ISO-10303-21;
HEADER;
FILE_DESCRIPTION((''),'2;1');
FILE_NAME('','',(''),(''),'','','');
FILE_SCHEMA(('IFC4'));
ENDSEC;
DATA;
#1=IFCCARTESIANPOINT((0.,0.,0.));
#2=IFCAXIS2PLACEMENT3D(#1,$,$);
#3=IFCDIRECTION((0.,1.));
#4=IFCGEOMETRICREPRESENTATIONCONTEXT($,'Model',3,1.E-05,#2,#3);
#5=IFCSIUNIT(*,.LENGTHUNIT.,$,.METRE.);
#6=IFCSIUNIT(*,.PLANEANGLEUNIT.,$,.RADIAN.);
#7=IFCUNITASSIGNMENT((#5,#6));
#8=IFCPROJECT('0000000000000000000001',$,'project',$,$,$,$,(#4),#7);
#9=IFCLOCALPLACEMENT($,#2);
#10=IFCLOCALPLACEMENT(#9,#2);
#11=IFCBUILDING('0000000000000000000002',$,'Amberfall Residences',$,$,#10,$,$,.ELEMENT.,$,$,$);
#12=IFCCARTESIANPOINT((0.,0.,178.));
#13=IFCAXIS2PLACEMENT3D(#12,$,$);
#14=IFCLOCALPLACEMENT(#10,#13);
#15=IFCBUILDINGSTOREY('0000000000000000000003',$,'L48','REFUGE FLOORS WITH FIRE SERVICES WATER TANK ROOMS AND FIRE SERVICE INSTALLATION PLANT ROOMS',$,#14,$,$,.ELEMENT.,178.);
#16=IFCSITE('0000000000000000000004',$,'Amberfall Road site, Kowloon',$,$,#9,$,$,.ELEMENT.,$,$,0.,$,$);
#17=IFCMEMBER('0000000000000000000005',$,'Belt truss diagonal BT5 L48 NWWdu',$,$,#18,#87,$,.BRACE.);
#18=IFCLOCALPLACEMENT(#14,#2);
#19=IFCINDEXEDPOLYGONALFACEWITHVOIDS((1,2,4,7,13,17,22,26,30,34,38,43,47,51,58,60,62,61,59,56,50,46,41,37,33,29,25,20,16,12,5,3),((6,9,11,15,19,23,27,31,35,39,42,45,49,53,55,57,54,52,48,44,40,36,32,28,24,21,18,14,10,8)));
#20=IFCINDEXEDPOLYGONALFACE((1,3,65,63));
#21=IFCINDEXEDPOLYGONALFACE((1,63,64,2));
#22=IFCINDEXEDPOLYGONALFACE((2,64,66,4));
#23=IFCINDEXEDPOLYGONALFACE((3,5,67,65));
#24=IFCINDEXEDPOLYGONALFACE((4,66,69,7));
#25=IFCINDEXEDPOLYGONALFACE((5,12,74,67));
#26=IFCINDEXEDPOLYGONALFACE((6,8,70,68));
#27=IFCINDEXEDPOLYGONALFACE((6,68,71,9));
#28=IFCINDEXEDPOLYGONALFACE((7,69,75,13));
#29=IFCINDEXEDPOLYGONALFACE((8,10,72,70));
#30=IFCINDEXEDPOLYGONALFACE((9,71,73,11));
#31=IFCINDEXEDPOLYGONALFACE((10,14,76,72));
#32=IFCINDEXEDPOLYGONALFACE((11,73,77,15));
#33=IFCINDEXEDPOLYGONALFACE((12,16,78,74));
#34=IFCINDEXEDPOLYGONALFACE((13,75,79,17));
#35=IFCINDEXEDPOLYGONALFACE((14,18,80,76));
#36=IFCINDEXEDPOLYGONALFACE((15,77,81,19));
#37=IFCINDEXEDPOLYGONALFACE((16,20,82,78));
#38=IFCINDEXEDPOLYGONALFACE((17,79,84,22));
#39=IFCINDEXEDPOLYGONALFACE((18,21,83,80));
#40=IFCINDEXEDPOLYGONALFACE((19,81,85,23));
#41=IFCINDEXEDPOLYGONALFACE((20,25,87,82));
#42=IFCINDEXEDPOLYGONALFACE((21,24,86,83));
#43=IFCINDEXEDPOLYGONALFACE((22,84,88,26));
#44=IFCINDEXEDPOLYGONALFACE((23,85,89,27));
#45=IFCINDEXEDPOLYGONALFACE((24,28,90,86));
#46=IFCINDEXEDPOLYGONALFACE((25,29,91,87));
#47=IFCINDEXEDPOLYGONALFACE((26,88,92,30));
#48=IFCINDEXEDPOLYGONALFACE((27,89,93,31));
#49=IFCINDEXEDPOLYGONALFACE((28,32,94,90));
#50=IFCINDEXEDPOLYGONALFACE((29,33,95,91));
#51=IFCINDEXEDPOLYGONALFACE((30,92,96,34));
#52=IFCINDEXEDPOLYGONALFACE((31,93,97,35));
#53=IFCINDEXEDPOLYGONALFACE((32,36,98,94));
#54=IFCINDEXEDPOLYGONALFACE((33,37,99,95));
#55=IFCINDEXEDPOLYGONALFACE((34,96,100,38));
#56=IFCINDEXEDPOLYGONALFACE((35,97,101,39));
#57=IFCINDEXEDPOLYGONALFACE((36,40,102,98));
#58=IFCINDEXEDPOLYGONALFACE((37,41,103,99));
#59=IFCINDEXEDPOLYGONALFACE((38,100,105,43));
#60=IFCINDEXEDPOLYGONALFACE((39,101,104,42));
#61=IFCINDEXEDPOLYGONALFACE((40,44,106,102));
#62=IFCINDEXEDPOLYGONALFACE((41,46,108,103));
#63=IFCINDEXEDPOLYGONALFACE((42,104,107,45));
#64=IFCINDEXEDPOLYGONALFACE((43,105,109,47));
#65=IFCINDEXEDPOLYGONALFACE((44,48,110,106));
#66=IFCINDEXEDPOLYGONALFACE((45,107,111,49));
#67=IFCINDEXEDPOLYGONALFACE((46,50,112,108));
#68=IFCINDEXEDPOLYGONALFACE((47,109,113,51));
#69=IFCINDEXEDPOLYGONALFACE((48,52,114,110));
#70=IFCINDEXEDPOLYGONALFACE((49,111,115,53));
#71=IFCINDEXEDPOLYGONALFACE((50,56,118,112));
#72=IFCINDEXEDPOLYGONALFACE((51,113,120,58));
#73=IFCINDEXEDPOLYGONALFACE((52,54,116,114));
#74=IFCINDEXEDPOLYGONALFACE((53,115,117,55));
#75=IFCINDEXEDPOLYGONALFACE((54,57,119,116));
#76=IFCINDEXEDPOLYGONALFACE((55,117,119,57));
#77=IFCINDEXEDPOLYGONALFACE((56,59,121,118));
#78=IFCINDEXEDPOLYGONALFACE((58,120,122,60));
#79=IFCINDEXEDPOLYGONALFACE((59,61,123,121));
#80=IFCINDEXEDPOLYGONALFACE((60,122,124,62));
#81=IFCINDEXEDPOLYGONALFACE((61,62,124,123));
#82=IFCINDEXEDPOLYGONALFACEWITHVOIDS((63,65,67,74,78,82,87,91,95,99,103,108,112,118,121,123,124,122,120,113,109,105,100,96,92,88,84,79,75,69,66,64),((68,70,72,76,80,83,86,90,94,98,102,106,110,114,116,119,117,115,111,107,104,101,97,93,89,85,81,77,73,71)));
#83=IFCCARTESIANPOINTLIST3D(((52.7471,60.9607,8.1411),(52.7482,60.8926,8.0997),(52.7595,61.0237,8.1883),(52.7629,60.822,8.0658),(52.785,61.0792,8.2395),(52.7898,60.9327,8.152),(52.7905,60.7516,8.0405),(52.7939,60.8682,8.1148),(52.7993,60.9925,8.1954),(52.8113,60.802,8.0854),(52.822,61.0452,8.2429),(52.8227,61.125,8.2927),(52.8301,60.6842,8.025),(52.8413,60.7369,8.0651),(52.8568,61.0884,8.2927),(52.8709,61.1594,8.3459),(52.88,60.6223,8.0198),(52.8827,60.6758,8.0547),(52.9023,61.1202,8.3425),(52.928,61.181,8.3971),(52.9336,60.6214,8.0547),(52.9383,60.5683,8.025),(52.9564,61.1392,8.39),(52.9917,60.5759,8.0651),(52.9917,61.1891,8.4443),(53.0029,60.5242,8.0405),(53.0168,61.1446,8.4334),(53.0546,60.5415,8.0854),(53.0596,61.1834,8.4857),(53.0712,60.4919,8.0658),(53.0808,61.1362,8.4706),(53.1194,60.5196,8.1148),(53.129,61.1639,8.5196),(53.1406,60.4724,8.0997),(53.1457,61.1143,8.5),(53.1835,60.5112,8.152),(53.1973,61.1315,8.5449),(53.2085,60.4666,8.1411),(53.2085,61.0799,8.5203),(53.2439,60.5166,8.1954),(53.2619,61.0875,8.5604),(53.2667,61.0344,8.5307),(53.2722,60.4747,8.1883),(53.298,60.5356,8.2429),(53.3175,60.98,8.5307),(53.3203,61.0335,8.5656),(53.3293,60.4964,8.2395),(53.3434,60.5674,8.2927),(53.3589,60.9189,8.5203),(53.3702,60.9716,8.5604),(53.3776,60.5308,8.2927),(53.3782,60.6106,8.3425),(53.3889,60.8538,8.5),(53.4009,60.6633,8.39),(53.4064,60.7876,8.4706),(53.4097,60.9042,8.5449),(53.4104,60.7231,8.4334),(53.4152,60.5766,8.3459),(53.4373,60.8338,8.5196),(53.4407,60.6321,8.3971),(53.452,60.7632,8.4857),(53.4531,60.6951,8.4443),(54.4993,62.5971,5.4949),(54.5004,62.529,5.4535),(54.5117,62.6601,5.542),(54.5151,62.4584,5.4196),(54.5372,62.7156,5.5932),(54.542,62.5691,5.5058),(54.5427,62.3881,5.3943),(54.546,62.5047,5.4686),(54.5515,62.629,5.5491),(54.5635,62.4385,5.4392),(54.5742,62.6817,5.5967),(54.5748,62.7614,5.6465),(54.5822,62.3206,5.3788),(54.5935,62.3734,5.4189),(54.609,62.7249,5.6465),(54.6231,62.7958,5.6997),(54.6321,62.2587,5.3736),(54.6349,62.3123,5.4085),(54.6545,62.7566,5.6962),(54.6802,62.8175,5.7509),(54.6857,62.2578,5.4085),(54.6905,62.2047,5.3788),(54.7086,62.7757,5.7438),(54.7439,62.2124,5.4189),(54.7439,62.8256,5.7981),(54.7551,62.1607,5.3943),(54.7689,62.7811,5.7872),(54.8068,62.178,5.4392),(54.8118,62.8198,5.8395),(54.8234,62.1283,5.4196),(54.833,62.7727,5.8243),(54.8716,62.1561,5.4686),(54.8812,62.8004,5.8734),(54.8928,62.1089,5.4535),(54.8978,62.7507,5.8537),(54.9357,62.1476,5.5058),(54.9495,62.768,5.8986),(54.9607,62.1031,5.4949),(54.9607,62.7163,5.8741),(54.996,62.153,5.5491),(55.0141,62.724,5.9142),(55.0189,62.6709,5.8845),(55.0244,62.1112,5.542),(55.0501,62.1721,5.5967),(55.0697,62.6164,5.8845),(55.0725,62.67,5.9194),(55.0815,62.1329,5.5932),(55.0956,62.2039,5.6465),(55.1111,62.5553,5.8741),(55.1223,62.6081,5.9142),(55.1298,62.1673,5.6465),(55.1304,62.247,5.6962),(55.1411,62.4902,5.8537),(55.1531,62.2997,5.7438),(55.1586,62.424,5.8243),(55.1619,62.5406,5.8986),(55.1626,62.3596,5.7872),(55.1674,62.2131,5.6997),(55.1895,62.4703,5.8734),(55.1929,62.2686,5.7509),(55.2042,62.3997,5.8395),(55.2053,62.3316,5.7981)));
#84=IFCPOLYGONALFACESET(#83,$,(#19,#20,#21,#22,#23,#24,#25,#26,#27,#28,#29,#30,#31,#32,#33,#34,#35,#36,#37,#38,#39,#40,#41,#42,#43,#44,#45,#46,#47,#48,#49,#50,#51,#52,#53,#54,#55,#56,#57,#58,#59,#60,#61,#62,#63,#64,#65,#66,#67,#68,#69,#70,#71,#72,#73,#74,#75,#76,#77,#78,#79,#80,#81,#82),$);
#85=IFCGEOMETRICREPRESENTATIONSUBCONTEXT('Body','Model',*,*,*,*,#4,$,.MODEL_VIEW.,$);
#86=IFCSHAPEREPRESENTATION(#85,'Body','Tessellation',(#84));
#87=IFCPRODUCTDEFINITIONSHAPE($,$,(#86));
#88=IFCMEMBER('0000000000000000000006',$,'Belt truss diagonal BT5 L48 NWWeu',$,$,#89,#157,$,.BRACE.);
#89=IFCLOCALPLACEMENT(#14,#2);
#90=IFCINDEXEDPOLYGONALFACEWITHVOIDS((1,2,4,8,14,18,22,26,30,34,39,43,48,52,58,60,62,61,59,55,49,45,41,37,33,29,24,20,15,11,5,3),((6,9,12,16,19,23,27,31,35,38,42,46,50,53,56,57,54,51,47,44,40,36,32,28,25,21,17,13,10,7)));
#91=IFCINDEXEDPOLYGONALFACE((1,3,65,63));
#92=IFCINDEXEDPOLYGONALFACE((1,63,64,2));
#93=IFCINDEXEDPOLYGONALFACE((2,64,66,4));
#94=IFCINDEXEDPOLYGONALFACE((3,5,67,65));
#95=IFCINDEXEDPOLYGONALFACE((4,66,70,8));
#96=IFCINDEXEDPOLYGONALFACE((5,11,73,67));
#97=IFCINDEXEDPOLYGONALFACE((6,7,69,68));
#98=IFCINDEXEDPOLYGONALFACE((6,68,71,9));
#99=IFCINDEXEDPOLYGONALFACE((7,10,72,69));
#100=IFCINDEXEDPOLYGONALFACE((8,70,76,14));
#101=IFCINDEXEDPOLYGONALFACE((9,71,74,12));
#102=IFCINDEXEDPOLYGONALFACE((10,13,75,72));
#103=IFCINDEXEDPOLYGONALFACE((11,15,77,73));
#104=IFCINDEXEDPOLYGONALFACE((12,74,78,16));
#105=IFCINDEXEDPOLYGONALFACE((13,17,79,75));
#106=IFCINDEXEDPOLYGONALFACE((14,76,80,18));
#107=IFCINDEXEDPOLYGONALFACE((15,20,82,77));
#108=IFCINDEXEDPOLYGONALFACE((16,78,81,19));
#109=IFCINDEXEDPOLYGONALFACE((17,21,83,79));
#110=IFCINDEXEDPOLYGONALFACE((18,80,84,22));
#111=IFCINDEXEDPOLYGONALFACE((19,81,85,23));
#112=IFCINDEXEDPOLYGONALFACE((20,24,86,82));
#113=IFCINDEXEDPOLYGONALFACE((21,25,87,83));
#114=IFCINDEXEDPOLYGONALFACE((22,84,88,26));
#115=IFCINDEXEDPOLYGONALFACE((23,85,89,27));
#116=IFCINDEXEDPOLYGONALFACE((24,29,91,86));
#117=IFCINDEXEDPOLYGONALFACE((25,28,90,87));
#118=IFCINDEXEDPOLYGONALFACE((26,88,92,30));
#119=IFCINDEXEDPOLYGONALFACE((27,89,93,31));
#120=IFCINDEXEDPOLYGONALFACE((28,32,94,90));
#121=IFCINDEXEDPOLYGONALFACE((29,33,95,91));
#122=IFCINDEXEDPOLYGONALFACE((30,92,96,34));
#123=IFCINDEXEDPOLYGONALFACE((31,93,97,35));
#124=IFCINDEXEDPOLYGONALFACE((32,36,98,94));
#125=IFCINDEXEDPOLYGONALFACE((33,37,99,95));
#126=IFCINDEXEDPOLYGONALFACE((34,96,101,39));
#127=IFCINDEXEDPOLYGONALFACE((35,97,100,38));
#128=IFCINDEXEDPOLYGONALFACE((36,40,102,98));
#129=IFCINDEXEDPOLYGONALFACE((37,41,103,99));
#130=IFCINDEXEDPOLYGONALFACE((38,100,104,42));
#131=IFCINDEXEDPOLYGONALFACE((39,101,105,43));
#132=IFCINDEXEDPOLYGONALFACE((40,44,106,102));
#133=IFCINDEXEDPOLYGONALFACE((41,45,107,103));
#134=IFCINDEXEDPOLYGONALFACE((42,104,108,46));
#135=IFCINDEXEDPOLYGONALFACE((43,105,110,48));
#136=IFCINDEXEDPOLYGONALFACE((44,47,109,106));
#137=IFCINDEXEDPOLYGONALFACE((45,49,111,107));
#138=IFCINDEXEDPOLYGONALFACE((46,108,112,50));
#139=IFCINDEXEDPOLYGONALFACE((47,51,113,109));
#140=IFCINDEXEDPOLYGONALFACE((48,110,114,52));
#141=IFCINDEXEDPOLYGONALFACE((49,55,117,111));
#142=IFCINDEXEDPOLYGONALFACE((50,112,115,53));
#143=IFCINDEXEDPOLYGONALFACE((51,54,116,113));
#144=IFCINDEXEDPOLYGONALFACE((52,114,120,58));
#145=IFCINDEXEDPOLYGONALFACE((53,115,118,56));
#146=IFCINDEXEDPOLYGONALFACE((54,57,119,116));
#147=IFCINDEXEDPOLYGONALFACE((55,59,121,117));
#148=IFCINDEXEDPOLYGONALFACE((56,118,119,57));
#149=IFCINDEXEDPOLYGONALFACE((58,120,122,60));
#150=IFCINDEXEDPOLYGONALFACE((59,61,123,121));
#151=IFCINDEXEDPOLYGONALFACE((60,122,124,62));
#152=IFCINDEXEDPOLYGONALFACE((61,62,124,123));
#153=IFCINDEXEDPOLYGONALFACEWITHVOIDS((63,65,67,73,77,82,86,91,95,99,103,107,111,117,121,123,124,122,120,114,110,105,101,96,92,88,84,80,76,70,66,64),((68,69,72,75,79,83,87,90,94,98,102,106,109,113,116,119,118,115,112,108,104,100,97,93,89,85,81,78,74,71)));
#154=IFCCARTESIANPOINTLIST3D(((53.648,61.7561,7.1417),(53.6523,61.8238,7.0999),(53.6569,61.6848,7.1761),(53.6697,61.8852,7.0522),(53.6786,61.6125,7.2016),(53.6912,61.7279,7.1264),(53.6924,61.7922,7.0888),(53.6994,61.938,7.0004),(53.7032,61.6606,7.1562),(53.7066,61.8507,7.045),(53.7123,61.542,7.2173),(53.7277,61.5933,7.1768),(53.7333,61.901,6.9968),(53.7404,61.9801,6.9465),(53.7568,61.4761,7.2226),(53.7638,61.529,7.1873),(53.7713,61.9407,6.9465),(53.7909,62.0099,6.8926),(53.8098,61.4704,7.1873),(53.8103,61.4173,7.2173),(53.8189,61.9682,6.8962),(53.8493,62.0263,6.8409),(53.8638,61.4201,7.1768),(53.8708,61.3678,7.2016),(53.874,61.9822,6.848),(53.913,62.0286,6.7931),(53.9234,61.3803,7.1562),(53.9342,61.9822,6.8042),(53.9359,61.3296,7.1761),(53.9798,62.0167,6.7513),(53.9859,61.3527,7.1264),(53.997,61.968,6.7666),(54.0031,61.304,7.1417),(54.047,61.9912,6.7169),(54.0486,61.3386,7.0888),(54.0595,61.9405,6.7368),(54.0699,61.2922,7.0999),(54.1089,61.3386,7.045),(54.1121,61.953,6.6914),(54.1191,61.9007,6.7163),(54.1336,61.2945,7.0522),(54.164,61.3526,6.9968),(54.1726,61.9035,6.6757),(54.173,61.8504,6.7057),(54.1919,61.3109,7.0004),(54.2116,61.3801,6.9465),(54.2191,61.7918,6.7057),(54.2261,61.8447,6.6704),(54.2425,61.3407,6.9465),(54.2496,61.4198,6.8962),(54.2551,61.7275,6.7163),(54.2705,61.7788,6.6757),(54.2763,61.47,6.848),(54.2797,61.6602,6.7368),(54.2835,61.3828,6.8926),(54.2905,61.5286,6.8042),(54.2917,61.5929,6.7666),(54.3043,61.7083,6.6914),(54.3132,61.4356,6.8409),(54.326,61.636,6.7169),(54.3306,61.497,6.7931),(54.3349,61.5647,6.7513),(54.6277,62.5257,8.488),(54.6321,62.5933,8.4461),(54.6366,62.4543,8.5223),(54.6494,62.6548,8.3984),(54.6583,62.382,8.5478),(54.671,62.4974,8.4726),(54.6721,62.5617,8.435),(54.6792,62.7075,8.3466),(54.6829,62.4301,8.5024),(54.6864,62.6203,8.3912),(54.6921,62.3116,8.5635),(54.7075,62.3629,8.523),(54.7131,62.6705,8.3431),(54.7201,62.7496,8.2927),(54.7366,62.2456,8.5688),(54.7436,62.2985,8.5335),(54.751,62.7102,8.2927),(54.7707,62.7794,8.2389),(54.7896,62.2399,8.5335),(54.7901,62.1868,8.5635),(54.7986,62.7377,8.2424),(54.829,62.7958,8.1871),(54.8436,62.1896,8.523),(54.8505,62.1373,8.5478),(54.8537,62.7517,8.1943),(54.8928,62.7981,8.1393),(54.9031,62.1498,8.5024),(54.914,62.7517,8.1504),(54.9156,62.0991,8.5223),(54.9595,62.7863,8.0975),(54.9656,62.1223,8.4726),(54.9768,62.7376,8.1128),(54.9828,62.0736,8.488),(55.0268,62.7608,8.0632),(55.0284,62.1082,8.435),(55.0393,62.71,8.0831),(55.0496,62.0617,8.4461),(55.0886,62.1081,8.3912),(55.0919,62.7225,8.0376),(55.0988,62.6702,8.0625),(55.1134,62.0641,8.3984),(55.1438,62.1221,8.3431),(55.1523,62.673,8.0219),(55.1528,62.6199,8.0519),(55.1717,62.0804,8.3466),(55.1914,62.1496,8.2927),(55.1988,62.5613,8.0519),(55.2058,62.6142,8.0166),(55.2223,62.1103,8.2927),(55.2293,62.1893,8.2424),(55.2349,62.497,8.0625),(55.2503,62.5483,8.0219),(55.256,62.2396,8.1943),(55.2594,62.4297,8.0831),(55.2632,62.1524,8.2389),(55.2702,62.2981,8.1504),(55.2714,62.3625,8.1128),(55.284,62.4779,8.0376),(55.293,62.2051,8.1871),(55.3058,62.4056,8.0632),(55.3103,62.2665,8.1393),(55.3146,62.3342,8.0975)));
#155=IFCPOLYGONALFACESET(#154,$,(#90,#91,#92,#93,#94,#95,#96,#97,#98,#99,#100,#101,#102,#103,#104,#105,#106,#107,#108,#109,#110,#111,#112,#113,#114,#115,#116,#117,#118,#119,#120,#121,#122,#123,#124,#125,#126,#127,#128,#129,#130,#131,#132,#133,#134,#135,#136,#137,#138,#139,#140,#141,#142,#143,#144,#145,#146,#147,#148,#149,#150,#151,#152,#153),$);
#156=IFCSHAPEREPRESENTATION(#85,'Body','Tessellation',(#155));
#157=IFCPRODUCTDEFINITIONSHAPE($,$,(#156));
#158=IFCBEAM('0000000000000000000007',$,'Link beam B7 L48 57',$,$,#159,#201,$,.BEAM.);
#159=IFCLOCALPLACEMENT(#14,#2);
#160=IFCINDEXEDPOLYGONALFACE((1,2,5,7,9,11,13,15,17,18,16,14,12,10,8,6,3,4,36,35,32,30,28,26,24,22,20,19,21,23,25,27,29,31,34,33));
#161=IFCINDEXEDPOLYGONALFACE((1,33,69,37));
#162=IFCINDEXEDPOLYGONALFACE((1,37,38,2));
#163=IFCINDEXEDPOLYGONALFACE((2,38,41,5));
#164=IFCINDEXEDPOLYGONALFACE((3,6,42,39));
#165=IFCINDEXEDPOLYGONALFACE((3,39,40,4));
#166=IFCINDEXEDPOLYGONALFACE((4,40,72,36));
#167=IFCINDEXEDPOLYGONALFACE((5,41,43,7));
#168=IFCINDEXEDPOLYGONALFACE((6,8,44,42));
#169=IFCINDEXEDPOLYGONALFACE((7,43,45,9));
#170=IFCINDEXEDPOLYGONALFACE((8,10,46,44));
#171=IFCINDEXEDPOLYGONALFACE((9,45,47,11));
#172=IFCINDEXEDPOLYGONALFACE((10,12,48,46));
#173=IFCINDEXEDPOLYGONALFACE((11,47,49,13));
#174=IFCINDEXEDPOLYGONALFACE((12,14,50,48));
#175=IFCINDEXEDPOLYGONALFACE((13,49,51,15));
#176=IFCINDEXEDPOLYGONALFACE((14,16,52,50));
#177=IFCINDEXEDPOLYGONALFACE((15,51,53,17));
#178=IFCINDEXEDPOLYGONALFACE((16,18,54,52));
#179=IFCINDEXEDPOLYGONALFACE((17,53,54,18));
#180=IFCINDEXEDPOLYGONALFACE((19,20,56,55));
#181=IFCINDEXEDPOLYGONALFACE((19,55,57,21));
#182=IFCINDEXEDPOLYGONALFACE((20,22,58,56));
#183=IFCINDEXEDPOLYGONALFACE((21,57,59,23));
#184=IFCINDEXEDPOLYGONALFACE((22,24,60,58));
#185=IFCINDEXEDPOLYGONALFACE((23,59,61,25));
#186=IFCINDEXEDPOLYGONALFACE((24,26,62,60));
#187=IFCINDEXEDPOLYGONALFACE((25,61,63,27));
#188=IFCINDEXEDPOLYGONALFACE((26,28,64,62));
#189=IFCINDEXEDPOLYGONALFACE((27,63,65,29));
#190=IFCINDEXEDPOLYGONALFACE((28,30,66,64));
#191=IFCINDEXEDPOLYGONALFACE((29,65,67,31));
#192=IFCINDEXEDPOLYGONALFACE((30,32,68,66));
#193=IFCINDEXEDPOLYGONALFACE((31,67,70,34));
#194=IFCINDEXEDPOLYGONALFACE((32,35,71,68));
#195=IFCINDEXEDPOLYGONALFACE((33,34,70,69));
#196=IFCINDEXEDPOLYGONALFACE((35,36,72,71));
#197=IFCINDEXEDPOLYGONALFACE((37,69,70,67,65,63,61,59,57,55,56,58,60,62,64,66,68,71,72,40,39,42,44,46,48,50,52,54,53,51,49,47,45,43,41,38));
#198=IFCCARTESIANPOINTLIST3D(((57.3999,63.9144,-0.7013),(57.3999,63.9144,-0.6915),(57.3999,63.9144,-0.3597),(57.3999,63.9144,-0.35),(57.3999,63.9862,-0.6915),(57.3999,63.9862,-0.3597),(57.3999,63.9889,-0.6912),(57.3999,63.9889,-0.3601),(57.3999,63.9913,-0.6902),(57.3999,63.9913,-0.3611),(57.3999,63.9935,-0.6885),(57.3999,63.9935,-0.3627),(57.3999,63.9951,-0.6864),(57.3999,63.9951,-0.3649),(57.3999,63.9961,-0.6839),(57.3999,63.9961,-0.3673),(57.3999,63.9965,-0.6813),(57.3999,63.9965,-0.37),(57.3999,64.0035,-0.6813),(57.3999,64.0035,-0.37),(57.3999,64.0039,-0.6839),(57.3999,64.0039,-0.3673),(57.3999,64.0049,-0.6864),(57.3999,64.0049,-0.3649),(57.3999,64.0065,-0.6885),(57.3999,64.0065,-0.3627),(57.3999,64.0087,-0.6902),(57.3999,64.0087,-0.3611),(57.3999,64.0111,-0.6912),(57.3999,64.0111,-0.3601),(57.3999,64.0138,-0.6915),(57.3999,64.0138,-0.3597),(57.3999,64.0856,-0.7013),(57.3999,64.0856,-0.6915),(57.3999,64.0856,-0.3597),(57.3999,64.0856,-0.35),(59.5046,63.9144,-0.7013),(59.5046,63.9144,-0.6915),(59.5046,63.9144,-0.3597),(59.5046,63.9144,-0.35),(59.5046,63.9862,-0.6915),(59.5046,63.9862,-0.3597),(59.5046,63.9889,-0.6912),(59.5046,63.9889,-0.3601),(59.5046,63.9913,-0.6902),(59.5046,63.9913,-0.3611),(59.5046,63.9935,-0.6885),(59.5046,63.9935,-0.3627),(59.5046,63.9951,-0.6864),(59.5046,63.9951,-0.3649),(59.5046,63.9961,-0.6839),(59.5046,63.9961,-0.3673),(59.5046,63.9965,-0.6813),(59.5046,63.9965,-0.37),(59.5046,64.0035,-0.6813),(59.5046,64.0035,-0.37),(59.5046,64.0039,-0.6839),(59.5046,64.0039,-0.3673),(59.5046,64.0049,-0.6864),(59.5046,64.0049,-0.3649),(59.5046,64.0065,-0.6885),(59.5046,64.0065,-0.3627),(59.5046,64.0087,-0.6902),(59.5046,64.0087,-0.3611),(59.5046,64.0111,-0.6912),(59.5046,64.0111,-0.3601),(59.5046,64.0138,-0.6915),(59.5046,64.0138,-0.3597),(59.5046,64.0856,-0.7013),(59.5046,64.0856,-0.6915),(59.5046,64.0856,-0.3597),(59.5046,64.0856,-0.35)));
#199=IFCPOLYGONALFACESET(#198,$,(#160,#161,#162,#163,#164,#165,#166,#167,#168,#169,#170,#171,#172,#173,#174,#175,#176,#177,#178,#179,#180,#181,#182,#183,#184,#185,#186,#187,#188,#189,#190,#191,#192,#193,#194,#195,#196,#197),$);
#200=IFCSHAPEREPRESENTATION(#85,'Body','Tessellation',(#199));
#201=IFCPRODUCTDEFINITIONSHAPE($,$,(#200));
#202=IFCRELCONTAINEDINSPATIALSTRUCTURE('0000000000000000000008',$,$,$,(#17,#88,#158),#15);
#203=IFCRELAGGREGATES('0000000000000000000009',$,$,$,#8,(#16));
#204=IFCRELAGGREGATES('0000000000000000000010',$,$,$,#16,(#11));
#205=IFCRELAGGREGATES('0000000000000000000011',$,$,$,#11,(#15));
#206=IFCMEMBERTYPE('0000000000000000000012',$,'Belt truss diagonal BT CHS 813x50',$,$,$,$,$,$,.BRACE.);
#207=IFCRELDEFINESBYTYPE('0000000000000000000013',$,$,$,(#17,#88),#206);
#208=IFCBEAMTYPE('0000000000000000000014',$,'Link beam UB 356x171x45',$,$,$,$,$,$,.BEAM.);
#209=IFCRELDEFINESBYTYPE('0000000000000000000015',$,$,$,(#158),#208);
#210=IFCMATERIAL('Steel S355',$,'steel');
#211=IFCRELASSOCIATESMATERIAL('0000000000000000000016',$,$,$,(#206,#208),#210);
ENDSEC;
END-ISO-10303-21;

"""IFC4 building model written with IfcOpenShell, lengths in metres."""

from ifc_helpers import new_model, si_unit, direction, frame, origin, origin_2d, place, context, subcontext, project, spatial, hollow_circle, i_section, extrude, material, material_profile, profile_set, type_object, element, save


model = new_model("IFC4")

# Units and contexts
model_context = context("Model", 3, precision=1e-05, world=origin(), true_north=direction((0.0, 1.0)))
body_context = subcontext(model_context, "Body", "Model", "MODEL_VIEW")
ifc_project = project(units=[si_unit("LENGTHUNIT", "METRE"), si_unit("PLANEANGLEUNIT", "RADIAN")], contexts=[model_context])

# Site, building, storey
site_placement = place(None, origin())
site = spatial("IfcSite", under=ifc_project, at=site_placement, Name="Amberfall Road site, Kowloon", CompositionType="ELEMENT", RefElevation=0.0)
building_placement = place(site_placement, origin())
building = spatial("IfcBuilding", under=site, at=building_placement, Name="Amberfall Residences", CompositionType="ELEMENT")
storey_placement = place(building_placement, frame((0.0, 0.0, 178.0)))
storey = spatial("IfcBuildingStorey", under=building, at=storey_placement, Name="L48", Description="REFUGE FLOORS WITH FIRE SERVICES WATER TANK ROOMS AND FIRE SERVICE INSTALLATION PLANT ROOMS", CompositionType="ELEMENT", Elevation=178.0)

# Shared definitions
ifc_material_1 = material(Name="Steel S355", Category="steel")

# Members
ifc_material_profile_1 = material_profile(ifc_material_1, hollow_circle(Radius=0.4065, WallThickness=0.05, at=origin_2d()), Name="CHS 813x50")
ifc_profile_set_1 = profile_set([ifc_material_profile_1], Name="Steel S355")
member_type = type_object("IfcMemberType", Name="Belt truss diagonal BT CHS 813x50", PredefinedType="BRACE", material=ifc_profile_set_1)
member_1_placement = place(storey_placement, frame((54.8523, 62.4644, 5.6465), z_axis=(-0.490697, -0.45829, 0.741071), x_axis=(0.682561, -0.730828, 0.0)))
element("IfcMember", 1, at=member_1_placement, inside=storey, type_object=member_type, Name="Belt truss diagonal BT5 L48 NWWdu", PredefinedType="BRACE", context=body_context, shape_type="SweptSolid", body=[
    extrude(hollow_circle(Radius=0.4065, WallThickness=0.05, at=origin_2d()), origin(), (0.0, 0.0, 1.0), 3.5708),
])
member_2_placement = place(storey_placement, frame((54.9712, 62.4299, 8.2927), z_axis=(-0.534149, -0.419546, -0.733939), x_axis=(0.617692, -0.78642, 0.0)))
element("IfcMember", 2, at=member_2_placement, inside=storey, type_object=member_type, Name="Belt truss diagonal BT5 L48 NWWeu", PredefinedType="BRACE", context=body_context, shape_type="SweptSolid", body=[
    extrude(hollow_circle(Radius=0.4065, WallThickness=0.05, at=origin_2d()), origin(), (0.0, 0.0, 1.0), 1.8342),
])

# Beam
ifc_material_profile_2 = material_profile(ifc_material_1, i_section(OverallWidth=0.1711, OverallDepth=0.3513, WebThickness=0.0071, FlangeThickness=0.0098, FilletRadius=0.0103, at=origin_2d()), Name="UB 356x171x45")
ifc_profile_set_2 = profile_set([ifc_material_profile_2], Name="Steel S355")
beam_type_1 = type_object("IfcBeamType", Name="Link beam UB 356x171x45", PredefinedType="BEAM", material=ifc_profile_set_2)
beam_1_placement = place(storey_placement, frame((57.3999, 64.0, -0.5256), z_axis=(1.0, 0.0, 0.0), x_axis=(0.0, 1.0, 0.0)))
element("IfcBeam", 3, at=beam_1_placement, inside=storey, type_object=beam_type_1, Name="Link beam B7 L48 57", PredefinedType="BEAM", context=body_context, shape_type="SweptSolid", body=[
    extrude(i_section(OverallWidth=0.1711, OverallDepth=0.3513, WebThickness=0.0071, FlangeThickness=0.0098, FilletRadius=0.0103, at=origin_2d()), origin(), (0.0, 0.0, 1.0), 2.1047),
])

save(model, "model.ifc")
